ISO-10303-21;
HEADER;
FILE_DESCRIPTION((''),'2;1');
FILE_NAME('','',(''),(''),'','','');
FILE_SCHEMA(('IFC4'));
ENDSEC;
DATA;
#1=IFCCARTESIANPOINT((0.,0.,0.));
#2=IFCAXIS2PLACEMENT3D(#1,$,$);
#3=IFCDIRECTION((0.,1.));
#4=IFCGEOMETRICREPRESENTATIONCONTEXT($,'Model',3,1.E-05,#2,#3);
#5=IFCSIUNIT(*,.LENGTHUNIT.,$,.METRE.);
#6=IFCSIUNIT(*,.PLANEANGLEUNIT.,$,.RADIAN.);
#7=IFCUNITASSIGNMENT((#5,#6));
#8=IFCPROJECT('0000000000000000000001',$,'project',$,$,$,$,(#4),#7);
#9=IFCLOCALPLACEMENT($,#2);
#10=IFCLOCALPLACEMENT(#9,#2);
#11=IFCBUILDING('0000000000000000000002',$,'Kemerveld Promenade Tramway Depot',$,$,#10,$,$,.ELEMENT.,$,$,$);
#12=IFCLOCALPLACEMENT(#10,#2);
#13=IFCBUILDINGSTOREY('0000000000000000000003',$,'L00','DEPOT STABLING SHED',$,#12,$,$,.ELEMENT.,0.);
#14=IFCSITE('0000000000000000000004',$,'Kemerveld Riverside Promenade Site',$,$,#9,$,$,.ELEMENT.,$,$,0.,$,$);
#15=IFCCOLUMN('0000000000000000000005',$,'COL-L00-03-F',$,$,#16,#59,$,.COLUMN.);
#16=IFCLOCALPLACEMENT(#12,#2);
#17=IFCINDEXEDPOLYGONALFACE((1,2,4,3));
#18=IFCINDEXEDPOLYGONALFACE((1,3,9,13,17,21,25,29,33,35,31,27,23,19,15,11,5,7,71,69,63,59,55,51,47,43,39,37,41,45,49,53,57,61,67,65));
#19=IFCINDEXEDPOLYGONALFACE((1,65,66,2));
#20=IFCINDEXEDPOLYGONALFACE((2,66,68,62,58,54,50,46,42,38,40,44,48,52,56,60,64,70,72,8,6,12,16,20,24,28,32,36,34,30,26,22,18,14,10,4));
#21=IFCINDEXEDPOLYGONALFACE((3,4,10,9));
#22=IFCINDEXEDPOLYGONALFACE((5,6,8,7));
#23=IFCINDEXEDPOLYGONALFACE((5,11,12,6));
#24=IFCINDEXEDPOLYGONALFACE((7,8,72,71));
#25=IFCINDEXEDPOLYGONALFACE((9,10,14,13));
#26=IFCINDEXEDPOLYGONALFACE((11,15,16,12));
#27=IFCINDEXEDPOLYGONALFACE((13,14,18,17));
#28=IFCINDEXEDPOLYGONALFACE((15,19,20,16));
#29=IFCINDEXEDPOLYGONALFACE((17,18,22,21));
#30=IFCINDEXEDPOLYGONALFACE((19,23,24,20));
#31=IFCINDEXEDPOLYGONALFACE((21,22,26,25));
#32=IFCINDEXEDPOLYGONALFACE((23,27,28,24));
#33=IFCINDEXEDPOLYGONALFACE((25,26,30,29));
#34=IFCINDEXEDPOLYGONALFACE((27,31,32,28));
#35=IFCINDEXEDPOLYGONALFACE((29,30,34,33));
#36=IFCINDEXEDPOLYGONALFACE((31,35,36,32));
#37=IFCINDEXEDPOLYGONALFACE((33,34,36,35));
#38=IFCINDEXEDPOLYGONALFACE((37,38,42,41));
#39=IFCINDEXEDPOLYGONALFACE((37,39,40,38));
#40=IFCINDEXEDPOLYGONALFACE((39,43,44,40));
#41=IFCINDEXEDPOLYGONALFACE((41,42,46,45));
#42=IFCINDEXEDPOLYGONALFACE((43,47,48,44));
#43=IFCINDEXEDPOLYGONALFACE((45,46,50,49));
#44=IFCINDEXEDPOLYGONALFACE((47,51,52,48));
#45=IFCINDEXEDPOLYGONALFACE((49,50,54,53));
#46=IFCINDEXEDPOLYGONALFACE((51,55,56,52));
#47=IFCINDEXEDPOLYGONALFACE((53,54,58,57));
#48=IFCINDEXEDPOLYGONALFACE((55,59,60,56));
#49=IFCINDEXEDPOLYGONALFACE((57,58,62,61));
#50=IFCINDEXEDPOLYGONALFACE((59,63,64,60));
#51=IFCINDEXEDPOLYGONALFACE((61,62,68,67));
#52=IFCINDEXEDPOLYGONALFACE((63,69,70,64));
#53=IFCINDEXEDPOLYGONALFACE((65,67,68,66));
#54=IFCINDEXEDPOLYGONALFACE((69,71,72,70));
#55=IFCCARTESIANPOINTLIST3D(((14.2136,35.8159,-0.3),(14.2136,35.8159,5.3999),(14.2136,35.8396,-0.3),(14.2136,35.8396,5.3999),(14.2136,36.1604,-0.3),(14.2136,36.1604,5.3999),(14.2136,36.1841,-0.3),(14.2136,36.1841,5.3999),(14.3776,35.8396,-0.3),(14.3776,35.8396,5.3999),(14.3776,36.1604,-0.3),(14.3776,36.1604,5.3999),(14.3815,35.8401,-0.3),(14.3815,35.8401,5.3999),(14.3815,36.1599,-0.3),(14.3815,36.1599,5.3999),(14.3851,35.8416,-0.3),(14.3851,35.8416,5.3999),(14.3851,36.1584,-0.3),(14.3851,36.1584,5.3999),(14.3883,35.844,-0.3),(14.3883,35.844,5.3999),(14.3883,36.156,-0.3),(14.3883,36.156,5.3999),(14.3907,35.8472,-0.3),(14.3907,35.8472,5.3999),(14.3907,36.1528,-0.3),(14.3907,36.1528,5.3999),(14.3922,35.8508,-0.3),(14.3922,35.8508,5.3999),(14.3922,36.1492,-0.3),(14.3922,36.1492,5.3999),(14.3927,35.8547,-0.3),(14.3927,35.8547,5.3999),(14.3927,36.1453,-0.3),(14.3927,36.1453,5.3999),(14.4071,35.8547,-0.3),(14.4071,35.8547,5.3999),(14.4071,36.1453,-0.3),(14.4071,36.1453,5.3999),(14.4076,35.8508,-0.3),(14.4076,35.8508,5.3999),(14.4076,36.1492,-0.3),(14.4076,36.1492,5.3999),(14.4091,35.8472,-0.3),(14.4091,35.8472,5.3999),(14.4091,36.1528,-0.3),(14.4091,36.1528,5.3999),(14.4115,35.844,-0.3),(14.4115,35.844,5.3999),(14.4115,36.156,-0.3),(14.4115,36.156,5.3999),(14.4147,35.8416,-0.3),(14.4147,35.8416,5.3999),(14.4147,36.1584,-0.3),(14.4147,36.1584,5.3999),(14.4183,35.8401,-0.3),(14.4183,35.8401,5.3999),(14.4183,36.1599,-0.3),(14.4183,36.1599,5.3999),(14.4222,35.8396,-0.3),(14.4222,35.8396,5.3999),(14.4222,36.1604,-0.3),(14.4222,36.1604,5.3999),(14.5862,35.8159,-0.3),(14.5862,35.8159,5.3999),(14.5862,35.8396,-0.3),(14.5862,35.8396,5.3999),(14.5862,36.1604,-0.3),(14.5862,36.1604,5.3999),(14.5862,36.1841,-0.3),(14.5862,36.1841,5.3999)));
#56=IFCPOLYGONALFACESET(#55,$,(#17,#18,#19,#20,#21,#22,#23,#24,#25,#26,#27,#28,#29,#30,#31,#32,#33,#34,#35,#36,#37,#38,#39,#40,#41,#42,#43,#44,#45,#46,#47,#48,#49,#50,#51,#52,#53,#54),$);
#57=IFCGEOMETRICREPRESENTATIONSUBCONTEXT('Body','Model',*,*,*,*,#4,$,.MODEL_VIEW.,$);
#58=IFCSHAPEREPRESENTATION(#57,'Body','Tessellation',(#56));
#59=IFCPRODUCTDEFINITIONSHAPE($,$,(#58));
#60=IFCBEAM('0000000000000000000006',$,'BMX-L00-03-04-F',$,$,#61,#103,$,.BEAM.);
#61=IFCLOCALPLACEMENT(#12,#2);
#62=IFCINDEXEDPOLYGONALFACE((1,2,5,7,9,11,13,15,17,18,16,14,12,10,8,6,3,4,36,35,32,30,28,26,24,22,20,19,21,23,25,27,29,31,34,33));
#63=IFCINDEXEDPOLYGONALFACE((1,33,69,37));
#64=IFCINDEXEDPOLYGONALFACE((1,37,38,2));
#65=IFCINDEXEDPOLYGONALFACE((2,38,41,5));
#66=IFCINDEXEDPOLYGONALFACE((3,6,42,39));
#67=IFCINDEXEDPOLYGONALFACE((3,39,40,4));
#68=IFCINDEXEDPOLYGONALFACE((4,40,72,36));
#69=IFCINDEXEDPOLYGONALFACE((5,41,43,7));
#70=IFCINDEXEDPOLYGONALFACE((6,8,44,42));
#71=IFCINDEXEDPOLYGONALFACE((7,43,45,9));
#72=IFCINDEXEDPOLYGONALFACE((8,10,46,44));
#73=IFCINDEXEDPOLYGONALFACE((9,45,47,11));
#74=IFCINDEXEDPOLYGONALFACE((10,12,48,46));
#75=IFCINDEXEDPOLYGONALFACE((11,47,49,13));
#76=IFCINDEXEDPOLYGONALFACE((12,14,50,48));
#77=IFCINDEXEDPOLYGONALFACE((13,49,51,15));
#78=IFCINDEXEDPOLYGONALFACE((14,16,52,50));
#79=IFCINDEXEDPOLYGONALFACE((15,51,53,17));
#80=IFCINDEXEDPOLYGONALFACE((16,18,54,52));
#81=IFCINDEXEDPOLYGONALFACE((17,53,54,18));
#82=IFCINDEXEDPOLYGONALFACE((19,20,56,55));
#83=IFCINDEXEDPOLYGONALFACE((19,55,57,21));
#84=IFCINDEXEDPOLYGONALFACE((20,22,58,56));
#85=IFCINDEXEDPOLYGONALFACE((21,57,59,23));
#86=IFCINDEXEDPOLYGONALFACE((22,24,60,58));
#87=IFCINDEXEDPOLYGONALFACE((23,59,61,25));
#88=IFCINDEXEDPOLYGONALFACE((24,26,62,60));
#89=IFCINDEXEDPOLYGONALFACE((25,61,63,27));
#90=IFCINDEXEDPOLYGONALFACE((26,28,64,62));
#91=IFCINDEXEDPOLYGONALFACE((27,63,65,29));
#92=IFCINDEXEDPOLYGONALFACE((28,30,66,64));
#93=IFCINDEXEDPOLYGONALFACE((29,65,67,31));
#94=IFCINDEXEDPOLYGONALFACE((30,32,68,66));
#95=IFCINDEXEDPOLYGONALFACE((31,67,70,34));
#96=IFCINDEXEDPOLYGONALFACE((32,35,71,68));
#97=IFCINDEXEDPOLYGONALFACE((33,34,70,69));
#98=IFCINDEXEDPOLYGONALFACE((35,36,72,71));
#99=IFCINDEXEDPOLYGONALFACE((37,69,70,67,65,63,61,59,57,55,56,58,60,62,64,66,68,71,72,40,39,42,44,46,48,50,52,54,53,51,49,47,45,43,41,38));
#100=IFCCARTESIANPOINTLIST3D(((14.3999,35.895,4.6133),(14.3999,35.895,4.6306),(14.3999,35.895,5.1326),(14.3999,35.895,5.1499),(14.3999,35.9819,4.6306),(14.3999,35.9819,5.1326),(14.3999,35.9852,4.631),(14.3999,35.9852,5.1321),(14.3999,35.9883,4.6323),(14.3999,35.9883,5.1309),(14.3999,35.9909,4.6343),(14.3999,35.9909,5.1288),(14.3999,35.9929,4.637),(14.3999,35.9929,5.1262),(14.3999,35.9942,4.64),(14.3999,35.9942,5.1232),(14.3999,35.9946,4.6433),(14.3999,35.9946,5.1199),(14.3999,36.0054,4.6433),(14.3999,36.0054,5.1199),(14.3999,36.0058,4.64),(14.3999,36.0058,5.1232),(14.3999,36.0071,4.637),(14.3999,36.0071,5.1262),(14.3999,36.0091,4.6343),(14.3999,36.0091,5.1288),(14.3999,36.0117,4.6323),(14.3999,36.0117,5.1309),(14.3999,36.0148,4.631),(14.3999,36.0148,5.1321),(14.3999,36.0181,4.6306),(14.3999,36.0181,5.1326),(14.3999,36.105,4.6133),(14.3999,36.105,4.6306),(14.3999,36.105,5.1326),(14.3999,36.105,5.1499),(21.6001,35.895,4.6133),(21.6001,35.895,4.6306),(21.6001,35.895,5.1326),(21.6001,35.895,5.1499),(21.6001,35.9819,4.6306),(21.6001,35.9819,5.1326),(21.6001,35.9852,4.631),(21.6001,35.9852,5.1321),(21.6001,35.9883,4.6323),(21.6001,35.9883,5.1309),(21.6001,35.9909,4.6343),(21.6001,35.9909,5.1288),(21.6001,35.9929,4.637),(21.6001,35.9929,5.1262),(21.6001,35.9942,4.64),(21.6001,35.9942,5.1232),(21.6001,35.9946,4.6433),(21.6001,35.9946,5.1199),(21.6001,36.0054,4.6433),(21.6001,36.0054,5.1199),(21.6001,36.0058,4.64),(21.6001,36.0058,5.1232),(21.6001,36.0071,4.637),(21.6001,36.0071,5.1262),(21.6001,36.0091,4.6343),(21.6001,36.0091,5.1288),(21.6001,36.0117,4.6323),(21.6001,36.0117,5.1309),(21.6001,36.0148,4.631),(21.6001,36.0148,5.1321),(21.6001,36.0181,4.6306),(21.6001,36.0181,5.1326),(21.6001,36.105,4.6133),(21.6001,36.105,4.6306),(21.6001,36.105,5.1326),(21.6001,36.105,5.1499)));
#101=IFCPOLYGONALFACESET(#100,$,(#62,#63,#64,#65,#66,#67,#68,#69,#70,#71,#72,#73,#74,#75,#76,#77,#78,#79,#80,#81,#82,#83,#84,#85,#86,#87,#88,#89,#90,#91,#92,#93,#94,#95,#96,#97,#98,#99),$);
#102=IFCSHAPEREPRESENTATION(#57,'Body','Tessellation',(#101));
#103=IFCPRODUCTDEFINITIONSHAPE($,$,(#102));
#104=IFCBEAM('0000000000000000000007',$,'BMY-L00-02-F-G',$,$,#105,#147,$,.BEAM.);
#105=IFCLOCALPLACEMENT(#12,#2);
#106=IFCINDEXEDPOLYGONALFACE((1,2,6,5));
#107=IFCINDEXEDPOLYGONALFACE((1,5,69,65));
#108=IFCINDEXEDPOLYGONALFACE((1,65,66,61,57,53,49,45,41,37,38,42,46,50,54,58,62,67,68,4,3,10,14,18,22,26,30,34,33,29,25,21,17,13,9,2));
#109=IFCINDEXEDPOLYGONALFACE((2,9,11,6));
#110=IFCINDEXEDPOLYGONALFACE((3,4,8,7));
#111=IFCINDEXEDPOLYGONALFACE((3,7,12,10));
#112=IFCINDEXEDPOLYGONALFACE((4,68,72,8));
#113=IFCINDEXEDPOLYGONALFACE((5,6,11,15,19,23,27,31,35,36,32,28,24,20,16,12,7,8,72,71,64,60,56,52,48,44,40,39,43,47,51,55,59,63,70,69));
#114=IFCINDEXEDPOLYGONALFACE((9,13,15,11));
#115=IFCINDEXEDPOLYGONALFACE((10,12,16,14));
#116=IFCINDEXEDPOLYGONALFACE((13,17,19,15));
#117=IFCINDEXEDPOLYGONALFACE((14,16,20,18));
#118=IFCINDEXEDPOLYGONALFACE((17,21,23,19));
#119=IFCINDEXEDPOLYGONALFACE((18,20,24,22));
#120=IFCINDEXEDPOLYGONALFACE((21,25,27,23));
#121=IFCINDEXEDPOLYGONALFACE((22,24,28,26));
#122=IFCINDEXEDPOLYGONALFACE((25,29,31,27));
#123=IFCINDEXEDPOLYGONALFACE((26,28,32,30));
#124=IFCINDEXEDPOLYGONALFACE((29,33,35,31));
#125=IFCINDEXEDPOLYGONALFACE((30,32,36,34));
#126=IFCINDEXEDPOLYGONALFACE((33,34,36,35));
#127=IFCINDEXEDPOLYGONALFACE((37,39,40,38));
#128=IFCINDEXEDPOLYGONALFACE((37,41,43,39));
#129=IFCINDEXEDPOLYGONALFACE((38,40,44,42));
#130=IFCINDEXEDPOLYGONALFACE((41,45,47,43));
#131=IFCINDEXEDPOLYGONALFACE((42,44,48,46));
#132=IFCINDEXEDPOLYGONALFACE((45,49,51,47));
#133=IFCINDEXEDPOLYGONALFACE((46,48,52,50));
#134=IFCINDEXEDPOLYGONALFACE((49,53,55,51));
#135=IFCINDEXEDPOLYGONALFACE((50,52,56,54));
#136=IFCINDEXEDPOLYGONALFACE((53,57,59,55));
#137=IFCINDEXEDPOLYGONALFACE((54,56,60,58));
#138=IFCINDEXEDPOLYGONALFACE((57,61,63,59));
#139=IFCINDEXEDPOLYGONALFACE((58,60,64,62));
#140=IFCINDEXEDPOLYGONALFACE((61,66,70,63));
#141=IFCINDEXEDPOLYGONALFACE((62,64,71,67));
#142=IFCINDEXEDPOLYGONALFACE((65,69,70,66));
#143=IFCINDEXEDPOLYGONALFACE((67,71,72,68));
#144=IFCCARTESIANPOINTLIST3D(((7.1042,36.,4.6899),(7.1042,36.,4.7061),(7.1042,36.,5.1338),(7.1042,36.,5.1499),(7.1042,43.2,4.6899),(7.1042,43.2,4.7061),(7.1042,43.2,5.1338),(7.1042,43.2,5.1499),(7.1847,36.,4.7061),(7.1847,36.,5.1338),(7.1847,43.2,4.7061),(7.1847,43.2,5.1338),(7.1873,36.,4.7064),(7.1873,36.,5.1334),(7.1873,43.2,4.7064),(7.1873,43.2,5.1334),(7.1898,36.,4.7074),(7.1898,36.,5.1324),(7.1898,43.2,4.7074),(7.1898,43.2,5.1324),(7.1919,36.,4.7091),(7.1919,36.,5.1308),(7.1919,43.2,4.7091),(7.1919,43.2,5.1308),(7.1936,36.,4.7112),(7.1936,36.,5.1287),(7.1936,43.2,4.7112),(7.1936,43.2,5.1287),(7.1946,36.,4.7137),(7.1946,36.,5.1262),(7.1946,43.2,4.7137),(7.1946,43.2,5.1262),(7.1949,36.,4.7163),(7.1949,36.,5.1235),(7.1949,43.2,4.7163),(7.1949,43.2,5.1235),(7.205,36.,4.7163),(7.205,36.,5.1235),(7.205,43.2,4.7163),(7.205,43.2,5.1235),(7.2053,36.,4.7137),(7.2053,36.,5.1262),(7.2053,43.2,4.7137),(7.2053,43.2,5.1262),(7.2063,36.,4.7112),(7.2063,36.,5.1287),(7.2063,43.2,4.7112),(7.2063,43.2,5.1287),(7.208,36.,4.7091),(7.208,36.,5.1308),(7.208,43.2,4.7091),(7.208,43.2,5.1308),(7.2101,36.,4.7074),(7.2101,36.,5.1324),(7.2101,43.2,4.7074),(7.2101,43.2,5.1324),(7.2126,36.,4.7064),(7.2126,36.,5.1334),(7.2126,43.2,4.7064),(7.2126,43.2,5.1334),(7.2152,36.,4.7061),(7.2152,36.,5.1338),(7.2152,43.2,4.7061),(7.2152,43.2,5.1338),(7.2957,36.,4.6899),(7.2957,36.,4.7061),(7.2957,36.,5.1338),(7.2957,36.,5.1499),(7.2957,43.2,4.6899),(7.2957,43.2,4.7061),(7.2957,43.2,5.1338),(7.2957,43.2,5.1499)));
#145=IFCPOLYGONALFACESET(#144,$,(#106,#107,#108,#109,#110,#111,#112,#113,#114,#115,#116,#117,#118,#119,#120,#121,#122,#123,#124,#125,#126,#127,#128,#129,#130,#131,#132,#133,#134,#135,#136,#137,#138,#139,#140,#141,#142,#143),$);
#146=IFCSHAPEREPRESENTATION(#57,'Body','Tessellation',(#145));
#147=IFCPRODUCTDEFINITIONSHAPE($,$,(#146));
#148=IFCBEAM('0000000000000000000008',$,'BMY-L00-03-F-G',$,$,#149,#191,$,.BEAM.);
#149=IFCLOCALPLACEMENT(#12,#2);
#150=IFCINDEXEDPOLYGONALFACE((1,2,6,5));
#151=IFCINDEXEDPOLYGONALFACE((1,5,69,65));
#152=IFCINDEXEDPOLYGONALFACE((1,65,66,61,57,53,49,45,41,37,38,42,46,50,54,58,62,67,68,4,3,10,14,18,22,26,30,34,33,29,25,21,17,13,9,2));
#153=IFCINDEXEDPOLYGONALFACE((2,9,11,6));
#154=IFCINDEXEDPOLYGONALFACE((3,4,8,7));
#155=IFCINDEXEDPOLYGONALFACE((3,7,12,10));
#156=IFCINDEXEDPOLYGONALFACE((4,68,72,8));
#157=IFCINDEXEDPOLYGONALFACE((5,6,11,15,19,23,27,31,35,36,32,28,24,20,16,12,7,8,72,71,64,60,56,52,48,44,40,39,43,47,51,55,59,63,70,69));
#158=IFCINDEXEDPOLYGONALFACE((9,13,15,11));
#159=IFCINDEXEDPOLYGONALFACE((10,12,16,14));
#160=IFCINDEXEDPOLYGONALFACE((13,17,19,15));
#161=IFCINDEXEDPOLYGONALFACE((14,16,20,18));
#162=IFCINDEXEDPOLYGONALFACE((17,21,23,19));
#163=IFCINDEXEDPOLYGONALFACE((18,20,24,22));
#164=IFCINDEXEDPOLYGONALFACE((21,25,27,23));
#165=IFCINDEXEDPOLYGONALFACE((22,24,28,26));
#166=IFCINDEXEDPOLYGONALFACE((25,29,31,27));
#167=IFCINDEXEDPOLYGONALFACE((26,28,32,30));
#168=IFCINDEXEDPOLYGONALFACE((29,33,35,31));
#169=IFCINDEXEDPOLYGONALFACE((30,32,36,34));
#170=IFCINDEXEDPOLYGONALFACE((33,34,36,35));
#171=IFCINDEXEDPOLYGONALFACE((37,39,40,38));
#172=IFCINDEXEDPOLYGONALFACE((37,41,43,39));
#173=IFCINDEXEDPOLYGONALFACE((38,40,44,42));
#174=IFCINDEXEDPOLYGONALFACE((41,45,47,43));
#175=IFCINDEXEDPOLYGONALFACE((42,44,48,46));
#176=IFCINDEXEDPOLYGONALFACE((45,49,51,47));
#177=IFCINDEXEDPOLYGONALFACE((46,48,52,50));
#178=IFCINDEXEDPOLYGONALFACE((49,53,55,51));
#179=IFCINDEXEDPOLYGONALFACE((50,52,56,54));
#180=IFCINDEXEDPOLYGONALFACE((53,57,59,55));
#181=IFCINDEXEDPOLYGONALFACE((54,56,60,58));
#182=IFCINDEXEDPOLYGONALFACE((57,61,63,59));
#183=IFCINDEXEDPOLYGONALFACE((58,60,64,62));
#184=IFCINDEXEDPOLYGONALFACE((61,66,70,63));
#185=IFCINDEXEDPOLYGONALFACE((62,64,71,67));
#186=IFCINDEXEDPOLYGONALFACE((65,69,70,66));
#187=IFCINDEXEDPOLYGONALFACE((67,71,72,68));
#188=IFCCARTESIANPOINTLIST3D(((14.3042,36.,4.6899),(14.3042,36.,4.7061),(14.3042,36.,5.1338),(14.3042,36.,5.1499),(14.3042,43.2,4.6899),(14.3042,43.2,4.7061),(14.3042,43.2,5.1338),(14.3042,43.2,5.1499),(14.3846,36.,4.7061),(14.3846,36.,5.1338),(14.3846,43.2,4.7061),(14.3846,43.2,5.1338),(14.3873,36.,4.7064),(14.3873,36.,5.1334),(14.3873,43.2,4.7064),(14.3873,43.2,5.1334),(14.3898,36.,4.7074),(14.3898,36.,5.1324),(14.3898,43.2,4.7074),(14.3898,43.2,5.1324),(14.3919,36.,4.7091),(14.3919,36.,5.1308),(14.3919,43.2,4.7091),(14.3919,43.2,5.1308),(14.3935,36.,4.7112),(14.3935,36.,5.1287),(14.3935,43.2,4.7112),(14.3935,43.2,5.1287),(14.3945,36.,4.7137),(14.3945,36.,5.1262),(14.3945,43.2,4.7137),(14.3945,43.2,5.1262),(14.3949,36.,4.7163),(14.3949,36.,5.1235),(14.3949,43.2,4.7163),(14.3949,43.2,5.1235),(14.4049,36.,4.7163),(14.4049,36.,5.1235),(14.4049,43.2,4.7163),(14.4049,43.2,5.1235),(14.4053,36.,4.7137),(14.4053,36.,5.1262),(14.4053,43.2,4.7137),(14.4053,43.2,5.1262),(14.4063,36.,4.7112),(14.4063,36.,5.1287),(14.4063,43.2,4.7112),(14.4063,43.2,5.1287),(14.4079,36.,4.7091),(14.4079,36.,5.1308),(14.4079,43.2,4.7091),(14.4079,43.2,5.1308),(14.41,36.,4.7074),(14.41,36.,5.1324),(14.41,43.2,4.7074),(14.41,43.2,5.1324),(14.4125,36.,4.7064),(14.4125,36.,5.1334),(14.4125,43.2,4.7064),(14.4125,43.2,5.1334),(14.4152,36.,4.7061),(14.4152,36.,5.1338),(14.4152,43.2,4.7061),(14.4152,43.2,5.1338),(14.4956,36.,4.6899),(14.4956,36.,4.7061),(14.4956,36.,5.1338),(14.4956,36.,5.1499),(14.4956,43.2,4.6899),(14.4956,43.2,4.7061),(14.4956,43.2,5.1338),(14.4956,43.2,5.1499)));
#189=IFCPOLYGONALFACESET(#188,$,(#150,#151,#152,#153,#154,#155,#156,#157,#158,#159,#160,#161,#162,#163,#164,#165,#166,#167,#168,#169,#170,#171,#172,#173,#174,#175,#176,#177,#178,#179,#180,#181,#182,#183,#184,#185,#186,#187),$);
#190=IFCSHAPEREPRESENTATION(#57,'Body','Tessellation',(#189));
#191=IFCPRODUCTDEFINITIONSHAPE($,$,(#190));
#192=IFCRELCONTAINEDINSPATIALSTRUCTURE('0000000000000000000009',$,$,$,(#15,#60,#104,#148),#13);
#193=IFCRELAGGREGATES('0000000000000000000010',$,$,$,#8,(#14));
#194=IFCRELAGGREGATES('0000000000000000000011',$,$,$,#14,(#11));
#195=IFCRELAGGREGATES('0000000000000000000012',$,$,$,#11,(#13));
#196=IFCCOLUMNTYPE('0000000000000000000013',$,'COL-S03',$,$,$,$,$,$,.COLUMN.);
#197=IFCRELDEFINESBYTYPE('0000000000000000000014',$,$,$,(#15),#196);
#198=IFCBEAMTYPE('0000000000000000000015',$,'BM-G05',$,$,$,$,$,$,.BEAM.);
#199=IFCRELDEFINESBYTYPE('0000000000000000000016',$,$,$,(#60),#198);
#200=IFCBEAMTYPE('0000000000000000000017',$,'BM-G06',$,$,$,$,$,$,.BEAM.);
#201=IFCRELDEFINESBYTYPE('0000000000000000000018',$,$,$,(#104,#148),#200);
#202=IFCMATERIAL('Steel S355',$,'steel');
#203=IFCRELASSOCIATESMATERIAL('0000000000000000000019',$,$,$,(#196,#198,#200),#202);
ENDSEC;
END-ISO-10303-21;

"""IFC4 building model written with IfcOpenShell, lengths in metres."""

from ifc_helpers import new_model, si_unit, direction, frame, origin, origin_2d, place, context, subcontext, project, spatial, i_section, extrude, material, material_profile, profile_set, type_object, element, save


model = new_model("IFC4")

# Units and contexts
model_context = context("Model", 3, precision=1e-05, world=origin(), true_north=direction((0.0, 1.0)))
body_context = subcontext(model_context, "Body", "Model", "MODEL_VIEW")
ifc_project = project(units=[si_unit("LENGTHUNIT", "METRE"), si_unit("PLANEANGLEUNIT", "RADIAN")], contexts=[model_context])

# Site, building, storey
site_placement = place(None, origin())
site = spatial("IfcSite", under=ifc_project, at=site_placement, Name="Kemerveld Riverside Promenade Site", CompositionType="ELEMENT", RefElevation=0.0)
building_placement = place(site_placement, origin())
building = spatial("IfcBuilding", under=site, at=building_placement, Name="Kemerveld Promenade Tramway Depot", CompositionType="ELEMENT")
storey_placement = place(building_placement, origin())
storey = spatial("IfcBuildingStorey", under=building, at=storey_placement, Name="L00", Description="DEPOT STABLING SHED", CompositionType="ELEMENT", Elevation=0.0)

# Column
ifc_material_1 = material(Name="Steel S355", Category="steel")
ifc_material_profile_1 = material_profile(ifc_material_1, i_section(OverallWidth=0.3726, OverallDepth=0.3682, WebThickness=0.0144, FlangeThickness=0.0237, FilletRadius=0.0151, at=origin_2d()), Name="356x368x177 UC")
ifc_profile_set_1 = profile_set([ifc_material_profile_1], Name="Steel S355")
column_type = type_object("IfcColumnType", Name="COL-S03", PredefinedType="COLUMN", material=ifc_profile_set_1)
column_placement = place(storey_placement, frame((14.3999, 36.0, -0.3), z_axis=(0.0, 0.0, 1.0), x_axis=(1.0, 0.0, 0.0)))
element("IfcColumn", 1, at=column_placement, inside=storey, type_object=column_type, Name="COL-L00-03-F", PredefinedType="COLUMN", context=body_context, shape_type="SweptSolid", body=[
    extrude(i_section(OverallWidth=0.3726, OverallDepth=0.3682, WebThickness=0.0144, FlangeThickness=0.0237, FilletRadius=0.0151, at=origin_2d()), origin(), (0.0, 0.0, 1.0), 5.7),
])

# Beams
ifc_material_profile_2 = material_profile(ifc_material_1, i_section(OverallWidth=0.21, OverallDepth=0.5366, WebThickness=0.0107, FlangeThickness=0.0173, FilletRadius=0.0127, at=origin_2d()), Name="533x210x101 UB")
ifc_profile_set_2 = profile_set([ifc_material_profile_2], Name="Steel S355")
beam_type_1 = type_object("IfcBeamType", Name="BM-G05", PredefinedType="BEAM", material=ifc_profile_set_2)
beam_placement = place(storey_placement, frame((14.3999, 36.0, 4.8816), z_axis=(1.0, 0.0, 0.0), x_axis=(0.0, 1.0, 0.0)))
element("IfcBeam", 2, at=beam_placement, inside=storey, type_object=beam_type_1, Name="BMX-L00-03-04-F", PredefinedType="BEAM", context=body_context, shape_type="SweptSolid", body=[
    extrude(i_section(OverallWidth=0.21, OverallDepth=0.5366, WebThickness=0.0107, FlangeThickness=0.0173, FilletRadius=0.0127, at=origin_2d()), origin(), (0.0, 0.0, 1.0), 7.2002),
])
ifc_material_profile_3 = material_profile(ifc_material_1, i_section(OverallWidth=0.1914, OverallDepth=0.46, WebThickness=0.01, FlangeThickness=0.0161, FilletRadius=0.0103, at=origin_2d()), Name="457x191x82 UB")
ifc_profile_set_3 = profile_set([ifc_material_profile_3], Name="Steel S355")
beam_type_2 = type_object("IfcBeamType", Name="BM-G06", PredefinedType="BEAM", material=ifc_profile_set_3)
for number, where, z_axis, x_axis, name in (
    (3, (7.2, 36.0, 4.9199), (0.0, 1.0, 0.0), (-1.0, 0.0, 0.0), "BMY-L00-02-F-G"),
    (4, (14.3999, 36.0, 4.9199), (0.0, 1.0, 0.0), (-1.0, 0.0, 0.0), "BMY-L00-03-F-G"),
):
    element("IfcBeam", number, at=place(storey_placement, frame(where, z_axis=z_axis, x_axis=x_axis)), inside=storey, type_object=beam_type_2, Name=name, PredefinedType="BEAM", context=body_context, shape_type="SweptSolid", body=[
        extrude(i_section(OverallWidth=0.1914, OverallDepth=0.46, WebThickness=0.01, FlangeThickness=0.0161, FilletRadius=0.0103, at=origin_2d()), origin(), (0.0, 0.0, 1.0), 7.2),
    ])

save(model, "model.ifc")
